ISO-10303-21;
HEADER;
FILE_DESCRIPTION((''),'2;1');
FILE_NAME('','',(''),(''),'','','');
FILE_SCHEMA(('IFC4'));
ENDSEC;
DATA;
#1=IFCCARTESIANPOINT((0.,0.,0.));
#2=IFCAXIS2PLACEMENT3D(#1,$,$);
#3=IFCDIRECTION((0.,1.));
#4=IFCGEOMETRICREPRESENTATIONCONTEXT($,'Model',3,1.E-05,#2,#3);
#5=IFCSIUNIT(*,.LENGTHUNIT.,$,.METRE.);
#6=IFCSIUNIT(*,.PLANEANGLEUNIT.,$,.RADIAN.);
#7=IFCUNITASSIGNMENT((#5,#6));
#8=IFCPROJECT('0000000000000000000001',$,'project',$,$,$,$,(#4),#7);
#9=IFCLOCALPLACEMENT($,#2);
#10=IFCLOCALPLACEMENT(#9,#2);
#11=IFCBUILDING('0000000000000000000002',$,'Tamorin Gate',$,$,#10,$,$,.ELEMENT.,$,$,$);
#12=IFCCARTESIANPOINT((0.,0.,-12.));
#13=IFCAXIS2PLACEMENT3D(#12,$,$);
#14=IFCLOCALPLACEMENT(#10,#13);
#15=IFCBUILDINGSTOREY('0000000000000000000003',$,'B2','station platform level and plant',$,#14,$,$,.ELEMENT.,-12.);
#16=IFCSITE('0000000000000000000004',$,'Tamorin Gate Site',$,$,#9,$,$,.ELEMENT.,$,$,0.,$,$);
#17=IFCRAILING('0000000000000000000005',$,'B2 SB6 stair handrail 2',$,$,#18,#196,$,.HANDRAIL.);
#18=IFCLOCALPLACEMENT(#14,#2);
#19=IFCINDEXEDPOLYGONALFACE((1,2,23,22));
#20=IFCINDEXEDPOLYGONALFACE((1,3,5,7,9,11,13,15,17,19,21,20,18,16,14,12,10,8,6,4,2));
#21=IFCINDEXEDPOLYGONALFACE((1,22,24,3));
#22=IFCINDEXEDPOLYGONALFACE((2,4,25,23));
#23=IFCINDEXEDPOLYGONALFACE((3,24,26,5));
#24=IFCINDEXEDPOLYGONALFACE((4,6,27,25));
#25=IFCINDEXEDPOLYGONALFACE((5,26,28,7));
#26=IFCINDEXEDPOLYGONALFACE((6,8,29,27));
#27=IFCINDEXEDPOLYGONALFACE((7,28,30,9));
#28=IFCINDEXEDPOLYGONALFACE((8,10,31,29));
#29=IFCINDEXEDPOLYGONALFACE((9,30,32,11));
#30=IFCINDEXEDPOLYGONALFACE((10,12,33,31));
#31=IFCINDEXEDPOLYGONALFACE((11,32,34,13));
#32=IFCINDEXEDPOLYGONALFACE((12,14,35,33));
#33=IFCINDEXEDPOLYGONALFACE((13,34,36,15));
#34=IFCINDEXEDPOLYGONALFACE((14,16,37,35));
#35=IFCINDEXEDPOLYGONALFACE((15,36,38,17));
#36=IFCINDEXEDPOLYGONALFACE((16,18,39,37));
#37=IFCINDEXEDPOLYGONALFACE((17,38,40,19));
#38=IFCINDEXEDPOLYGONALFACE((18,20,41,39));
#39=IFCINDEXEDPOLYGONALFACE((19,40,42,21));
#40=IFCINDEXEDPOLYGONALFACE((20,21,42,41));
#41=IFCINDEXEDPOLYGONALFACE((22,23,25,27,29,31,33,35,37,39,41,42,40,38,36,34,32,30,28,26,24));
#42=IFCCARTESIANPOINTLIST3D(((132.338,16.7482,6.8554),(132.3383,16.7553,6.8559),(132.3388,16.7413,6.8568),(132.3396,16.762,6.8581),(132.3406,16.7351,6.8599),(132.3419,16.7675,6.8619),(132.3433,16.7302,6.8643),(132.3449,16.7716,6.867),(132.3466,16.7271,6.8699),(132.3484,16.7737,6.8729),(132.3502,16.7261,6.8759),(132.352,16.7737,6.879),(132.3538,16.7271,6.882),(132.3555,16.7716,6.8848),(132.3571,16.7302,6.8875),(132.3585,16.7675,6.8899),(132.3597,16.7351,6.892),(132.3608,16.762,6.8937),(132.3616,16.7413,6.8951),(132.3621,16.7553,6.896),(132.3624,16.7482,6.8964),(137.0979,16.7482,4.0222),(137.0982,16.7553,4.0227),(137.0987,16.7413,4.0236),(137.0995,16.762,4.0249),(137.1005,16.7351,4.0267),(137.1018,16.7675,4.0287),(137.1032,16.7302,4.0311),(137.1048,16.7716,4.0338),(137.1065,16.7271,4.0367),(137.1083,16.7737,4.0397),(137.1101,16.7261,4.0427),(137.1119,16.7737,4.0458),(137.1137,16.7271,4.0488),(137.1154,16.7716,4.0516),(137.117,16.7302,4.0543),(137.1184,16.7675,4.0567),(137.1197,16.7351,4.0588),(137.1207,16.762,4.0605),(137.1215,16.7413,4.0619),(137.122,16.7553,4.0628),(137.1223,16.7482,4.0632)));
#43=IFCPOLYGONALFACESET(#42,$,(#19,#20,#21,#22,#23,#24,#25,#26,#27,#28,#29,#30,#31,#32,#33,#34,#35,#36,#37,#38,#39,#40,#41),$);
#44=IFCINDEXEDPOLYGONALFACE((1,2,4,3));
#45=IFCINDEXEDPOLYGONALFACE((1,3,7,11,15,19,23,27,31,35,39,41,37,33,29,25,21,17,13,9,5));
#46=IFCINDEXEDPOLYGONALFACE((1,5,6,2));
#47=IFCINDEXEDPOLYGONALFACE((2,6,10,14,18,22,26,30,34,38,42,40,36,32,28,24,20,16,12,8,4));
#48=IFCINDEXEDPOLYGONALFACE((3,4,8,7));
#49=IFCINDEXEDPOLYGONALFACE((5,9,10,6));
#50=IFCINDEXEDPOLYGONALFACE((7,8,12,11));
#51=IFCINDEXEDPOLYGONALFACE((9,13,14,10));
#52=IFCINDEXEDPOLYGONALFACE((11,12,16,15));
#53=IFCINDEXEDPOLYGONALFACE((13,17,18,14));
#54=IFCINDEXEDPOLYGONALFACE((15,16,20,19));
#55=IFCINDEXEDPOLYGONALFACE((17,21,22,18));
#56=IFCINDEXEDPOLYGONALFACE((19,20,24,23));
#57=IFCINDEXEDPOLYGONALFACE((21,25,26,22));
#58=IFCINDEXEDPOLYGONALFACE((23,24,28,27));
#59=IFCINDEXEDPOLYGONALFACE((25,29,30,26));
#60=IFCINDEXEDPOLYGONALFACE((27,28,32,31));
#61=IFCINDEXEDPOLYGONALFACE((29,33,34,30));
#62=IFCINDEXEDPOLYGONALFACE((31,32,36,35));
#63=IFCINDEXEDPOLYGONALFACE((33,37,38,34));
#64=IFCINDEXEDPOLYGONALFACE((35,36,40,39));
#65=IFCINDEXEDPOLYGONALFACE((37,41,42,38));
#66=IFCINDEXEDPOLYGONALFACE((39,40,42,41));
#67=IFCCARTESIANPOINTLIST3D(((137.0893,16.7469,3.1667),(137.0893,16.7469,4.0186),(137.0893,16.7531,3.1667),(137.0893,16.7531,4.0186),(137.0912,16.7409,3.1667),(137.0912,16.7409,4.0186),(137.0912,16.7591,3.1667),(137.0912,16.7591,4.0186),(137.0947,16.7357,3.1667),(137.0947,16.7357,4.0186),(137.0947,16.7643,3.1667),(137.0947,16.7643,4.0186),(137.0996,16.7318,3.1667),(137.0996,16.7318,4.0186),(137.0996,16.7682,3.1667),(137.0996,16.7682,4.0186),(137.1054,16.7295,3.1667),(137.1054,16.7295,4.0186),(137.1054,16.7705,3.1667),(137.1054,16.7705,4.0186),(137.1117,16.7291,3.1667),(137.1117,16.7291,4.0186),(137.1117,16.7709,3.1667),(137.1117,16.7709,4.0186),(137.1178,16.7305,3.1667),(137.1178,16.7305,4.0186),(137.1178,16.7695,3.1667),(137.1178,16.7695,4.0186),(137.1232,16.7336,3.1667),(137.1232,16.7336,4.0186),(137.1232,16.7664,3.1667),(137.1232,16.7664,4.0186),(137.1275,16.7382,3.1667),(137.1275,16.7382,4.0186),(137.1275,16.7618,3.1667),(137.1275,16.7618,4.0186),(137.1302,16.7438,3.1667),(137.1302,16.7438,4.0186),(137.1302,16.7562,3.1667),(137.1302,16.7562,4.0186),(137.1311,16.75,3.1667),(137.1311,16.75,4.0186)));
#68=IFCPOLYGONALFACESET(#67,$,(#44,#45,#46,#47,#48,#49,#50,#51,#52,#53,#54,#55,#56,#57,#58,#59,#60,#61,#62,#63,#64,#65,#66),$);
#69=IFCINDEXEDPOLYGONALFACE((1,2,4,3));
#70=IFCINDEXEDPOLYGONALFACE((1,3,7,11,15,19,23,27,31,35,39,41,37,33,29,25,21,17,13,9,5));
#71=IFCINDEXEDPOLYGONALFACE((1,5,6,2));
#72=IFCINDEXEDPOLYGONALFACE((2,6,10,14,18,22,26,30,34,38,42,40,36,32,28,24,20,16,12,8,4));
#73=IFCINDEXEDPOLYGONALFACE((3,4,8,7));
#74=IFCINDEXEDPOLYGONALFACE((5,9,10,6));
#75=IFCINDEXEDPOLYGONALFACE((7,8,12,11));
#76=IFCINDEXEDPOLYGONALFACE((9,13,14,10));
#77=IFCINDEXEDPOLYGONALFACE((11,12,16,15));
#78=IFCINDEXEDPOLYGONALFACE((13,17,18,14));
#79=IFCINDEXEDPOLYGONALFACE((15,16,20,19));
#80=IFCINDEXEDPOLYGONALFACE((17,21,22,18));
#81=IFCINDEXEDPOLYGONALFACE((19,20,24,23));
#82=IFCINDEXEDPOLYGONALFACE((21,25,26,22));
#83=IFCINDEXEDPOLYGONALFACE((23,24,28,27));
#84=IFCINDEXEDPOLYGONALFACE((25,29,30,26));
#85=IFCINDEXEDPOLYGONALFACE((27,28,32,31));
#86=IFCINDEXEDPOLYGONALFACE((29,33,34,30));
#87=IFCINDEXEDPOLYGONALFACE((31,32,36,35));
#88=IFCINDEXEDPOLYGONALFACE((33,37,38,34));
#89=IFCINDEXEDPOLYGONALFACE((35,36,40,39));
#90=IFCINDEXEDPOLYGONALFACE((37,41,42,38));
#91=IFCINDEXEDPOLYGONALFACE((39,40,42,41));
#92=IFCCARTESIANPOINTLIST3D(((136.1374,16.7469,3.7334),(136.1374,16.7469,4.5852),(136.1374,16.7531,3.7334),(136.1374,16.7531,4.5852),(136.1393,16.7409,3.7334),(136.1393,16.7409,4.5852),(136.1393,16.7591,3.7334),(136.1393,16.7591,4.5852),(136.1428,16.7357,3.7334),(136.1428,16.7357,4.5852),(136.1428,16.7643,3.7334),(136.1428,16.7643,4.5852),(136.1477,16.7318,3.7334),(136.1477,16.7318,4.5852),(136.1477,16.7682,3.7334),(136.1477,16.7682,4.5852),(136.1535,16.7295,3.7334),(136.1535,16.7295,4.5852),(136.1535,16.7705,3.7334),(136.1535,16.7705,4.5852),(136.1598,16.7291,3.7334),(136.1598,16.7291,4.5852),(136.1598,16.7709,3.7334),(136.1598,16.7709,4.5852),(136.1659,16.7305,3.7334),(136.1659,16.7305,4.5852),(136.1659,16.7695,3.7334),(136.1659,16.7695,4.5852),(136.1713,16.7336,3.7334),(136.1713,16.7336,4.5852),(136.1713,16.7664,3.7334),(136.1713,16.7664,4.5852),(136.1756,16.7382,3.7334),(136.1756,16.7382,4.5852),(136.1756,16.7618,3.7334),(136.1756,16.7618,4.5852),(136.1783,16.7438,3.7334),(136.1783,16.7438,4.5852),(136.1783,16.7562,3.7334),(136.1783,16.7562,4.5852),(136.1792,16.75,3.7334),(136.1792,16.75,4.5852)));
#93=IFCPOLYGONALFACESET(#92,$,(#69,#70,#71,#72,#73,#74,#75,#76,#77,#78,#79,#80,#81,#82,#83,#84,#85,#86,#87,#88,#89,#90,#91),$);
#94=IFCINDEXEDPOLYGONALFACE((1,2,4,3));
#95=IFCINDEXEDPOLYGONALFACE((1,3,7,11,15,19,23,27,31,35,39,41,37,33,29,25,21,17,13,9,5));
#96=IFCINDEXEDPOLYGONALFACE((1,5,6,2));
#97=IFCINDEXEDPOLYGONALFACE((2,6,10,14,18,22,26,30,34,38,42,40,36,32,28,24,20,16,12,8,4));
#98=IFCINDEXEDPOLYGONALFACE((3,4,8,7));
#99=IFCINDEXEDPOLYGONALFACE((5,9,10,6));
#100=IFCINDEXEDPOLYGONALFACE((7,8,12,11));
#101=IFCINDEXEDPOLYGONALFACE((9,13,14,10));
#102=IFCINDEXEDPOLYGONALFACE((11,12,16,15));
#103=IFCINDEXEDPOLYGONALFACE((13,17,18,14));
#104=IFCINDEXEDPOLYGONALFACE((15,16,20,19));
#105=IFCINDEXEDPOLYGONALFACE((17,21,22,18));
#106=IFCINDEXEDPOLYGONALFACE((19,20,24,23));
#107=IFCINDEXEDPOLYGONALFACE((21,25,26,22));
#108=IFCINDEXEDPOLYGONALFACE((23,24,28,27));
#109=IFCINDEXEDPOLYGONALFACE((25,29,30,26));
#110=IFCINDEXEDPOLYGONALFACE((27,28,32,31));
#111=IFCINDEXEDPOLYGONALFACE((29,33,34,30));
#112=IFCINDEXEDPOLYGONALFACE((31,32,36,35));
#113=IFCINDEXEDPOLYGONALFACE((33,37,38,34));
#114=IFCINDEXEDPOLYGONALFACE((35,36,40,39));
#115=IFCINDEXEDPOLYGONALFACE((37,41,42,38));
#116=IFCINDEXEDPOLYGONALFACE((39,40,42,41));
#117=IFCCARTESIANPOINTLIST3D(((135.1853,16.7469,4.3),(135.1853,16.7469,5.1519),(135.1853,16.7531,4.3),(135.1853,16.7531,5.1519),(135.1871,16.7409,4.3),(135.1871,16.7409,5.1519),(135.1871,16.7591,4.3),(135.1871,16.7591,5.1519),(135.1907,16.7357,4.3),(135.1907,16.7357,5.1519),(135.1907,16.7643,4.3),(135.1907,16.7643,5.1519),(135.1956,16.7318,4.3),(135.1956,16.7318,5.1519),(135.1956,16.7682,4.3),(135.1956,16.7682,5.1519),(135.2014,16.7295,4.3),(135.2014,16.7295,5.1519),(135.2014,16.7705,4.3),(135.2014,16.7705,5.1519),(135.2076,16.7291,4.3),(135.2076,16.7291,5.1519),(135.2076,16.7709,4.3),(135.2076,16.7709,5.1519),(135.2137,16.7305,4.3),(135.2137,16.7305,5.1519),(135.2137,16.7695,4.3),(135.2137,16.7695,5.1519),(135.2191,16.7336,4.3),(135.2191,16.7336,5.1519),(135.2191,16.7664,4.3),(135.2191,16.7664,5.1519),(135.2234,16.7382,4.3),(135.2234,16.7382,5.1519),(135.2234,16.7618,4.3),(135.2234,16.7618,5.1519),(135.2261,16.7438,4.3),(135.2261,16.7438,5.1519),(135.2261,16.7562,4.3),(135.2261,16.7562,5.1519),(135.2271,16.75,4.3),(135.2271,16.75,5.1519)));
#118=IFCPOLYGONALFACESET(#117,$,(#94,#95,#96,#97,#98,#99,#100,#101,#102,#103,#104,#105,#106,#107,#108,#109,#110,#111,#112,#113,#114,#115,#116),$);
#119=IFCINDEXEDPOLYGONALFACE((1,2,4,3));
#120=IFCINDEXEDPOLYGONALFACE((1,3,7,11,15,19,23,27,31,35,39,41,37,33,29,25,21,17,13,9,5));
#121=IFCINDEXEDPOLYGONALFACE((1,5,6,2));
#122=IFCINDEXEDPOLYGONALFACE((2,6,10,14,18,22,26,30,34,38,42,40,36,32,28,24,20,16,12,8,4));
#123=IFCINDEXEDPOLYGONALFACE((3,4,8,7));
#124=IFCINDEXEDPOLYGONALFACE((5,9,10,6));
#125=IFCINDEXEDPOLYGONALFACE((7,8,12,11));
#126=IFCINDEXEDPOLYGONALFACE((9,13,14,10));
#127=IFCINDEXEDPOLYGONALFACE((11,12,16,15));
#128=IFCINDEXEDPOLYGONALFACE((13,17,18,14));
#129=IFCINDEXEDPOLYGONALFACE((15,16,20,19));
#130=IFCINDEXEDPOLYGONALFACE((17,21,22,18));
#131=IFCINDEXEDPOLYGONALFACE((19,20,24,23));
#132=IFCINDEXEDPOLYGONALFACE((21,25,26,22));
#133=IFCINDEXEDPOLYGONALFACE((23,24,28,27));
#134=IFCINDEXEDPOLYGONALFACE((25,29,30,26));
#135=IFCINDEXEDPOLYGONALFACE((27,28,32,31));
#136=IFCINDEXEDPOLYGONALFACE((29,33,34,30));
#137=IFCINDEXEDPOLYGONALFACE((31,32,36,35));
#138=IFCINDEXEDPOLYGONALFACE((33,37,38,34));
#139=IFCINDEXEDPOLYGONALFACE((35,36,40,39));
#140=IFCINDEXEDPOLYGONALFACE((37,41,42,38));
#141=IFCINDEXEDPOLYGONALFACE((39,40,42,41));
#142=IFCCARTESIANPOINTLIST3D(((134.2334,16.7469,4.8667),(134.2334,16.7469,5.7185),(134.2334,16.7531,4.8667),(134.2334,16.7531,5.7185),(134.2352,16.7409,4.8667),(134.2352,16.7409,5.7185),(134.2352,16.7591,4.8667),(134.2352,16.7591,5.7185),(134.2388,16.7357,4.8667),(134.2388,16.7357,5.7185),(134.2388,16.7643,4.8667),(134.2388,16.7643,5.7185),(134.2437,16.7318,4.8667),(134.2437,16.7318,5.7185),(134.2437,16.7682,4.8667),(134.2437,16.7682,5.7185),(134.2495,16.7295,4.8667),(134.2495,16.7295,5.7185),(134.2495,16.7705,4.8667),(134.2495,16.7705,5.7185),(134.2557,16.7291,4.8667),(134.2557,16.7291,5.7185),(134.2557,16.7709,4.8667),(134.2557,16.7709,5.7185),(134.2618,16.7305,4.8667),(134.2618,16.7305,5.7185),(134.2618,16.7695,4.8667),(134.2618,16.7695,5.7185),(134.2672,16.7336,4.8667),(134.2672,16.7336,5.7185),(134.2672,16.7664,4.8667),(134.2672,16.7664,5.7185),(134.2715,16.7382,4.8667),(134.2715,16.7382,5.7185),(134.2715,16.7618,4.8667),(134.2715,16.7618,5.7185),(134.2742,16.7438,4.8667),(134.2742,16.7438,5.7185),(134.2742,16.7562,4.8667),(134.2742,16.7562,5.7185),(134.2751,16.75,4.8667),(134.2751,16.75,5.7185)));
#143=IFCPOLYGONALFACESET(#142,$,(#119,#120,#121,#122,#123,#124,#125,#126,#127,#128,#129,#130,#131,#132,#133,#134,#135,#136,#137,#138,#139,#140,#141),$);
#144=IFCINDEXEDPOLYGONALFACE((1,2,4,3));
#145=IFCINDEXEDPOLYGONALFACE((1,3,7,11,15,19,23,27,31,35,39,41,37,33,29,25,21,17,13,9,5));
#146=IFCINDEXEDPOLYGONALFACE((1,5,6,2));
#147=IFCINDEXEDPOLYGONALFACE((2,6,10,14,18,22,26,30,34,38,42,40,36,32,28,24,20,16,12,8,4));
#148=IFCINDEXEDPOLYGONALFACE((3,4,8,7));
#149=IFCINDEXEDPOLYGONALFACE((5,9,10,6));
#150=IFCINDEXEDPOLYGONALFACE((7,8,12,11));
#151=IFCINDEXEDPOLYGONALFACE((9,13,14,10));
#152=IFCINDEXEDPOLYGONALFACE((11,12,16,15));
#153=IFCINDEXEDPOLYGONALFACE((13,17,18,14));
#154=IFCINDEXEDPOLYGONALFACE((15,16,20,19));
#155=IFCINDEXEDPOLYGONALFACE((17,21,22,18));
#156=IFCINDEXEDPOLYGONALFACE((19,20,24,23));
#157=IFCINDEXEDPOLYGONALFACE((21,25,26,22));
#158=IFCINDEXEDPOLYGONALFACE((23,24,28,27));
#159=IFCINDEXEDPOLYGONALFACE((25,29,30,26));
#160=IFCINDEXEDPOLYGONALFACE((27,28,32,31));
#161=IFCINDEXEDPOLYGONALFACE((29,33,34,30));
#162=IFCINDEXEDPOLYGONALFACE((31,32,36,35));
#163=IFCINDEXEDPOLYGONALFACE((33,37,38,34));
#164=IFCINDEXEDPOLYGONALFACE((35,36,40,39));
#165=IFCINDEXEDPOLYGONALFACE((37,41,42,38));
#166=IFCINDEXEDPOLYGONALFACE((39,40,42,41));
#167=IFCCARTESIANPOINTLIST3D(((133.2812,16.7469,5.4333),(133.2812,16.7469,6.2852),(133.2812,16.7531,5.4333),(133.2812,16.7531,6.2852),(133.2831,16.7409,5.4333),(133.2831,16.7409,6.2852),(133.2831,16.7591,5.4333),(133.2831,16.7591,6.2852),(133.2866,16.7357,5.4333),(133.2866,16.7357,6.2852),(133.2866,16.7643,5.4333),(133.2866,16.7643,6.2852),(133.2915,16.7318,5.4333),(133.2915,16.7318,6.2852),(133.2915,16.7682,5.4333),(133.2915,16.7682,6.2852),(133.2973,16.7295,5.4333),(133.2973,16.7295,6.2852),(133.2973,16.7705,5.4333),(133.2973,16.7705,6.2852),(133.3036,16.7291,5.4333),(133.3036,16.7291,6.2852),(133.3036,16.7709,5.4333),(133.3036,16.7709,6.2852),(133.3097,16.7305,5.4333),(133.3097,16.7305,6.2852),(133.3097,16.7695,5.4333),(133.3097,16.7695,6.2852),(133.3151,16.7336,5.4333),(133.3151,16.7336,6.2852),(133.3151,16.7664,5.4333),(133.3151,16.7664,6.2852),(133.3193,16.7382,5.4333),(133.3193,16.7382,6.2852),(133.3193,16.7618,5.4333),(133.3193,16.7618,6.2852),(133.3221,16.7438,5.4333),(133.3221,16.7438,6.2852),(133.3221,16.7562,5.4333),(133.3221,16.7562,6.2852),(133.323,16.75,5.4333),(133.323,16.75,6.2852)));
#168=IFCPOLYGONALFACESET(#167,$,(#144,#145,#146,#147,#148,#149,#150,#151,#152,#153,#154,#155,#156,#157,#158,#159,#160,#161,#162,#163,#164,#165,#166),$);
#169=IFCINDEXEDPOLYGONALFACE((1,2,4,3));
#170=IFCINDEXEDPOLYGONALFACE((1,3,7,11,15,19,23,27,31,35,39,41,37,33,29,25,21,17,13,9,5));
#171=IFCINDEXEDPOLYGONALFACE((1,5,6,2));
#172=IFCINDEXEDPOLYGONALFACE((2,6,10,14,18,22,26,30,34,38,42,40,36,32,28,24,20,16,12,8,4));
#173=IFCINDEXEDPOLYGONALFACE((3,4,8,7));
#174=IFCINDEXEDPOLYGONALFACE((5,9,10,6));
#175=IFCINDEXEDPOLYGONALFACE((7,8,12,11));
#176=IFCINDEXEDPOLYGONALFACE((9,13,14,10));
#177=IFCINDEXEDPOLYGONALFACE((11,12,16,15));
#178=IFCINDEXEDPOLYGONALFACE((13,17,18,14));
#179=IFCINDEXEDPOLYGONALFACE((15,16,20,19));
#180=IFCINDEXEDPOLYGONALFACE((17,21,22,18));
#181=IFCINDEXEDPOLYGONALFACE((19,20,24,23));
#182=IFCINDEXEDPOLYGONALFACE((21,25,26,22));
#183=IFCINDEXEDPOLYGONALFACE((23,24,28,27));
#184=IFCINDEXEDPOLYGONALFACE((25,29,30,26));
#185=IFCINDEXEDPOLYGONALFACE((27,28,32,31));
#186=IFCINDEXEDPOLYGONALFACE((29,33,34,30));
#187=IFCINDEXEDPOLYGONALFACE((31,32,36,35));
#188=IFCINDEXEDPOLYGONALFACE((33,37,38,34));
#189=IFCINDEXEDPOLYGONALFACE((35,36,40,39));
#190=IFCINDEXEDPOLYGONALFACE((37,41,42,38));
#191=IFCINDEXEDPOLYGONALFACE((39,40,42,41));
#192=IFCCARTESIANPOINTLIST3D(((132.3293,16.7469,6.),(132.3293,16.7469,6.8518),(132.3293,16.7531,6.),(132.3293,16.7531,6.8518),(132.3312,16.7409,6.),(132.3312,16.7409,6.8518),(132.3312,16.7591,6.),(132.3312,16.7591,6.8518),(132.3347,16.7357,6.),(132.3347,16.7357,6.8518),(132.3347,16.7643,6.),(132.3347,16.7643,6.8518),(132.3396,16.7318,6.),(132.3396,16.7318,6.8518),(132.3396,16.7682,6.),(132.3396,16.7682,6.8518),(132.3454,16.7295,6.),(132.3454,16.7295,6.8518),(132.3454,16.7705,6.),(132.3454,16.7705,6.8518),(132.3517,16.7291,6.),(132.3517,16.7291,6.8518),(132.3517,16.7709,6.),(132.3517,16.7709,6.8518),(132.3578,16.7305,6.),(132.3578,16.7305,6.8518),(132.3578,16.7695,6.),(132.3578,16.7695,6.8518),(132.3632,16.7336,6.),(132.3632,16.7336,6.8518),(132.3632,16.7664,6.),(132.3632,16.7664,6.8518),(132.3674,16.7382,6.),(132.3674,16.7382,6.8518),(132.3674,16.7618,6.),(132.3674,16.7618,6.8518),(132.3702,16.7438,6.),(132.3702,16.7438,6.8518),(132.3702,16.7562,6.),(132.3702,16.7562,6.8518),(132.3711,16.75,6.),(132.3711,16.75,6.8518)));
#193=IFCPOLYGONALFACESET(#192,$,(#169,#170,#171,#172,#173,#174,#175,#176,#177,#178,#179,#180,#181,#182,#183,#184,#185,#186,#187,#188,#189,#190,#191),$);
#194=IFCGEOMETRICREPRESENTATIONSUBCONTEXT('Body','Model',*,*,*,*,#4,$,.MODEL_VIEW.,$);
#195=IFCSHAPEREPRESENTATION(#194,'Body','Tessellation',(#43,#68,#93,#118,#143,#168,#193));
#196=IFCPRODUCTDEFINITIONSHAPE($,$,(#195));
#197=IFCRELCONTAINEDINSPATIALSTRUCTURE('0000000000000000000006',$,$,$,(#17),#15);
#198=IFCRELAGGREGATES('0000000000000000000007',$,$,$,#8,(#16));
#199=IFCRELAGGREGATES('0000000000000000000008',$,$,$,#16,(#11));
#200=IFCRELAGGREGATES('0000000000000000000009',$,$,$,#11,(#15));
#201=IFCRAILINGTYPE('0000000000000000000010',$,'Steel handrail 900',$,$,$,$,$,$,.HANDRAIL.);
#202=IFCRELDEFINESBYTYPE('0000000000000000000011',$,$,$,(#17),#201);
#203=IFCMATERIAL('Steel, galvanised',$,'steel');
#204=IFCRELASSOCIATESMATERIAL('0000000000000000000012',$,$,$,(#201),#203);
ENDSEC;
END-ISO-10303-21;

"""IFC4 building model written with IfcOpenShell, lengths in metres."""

from ifc_helpers import new_model, si_unit, direction, frame, origin, origin_2d, place, context, subcontext, project, spatial, circle, extrude, material, type_object, element, save


model = new_model("IFC4")

# Units and contexts
model_context = context("Model", 3, precision=1e-05, world=origin(), true_north=direction((0.0, 1.0)))
body_context = subcontext(model_context, "Body", "Model", "MODEL_VIEW")
ifc_project = project(units=[si_unit("LENGTHUNIT", "METRE"), si_unit("PLANEANGLEUNIT", "RADIAN")], contexts=[model_context])

# Site, building, storey
site_placement = place(None, origin())
site = spatial("IfcSite", under=ifc_project, at=site_placement, Name="Tamorin Gate Site", CompositionType="ELEMENT", RefElevation=0.0)
building_placement = place(site_placement, origin())
building = spatial("IfcBuilding", under=site, at=building_placement, Name="Tamorin Gate", CompositionType="ELEMENT")
storey_placement = place(building_placement, frame((0.0, 0.0, -12.0)))
storey = spatial("IfcBuildingStorey", under=building, at=storey_placement, Name="B2", Description="station platform level and plant", CompositionType="ELEMENT", Elevation=-12.0)

# Railing
ifc_material_1 = material(Name="Steel, galvanised", Category="steel")
railing_type_1 = type_object("IfcRailingType", Name="Steel handrail 900", PredefinedType="HANDRAIL", material=ifc_material_1)
railing_1_placement = place(storey_placement, frame((137.1101, 16.75, 3.1667)))
element("IfcRailing", 1, at=railing_1_placement, inside=storey, type_object=railing_type_1, Name="B2 SB6 stair handrail 2", PredefinedType="HANDRAIL", context=body_context, shape_type="SweptSolid", body=[
    extrude(circle(Radius=0.0239, at=origin_2d()), frame((0.0, 0.0, 0.876), z_axis=(-0.8593, 0.0, 0.511472), x_axis=(0.0, -1.0, 0.0)), (0.0, 0.0, 1.0), 5.5393),
    extrude(circle(Radius=0.021, at=origin_2d()), origin(), (0.0, 0.0, 1.0), 0.8518),
    extrude(circle(Radius=0.021, at=origin_2d()), frame((-0.9519, 0.0, 0.5667)), (0.0, 0.0, 1.0), 0.8518),
    extrude(circle(Radius=0.021, at=origin_2d()), frame((-1.9041, 0.0, 1.1333)), (0.0, 0.0, 1.0), 0.8518),
    extrude(circle(Radius=0.021, at=origin_2d()), frame((-2.856, 0.0, 1.7)), (0.0, 0.0, 1.0), 0.8518),
    extrude(circle(Radius=0.021, at=origin_2d()), frame((-3.8081, 0.0, 2.2666)), (0.0, 0.0, 1.0), 0.8518),
    extrude(circle(Radius=0.021, at=origin_2d()), frame((-4.76, 0.0, 2.8333)), (0.0, 0.0, 1.0), 0.8518),
])

save(model, "model.ifc")
